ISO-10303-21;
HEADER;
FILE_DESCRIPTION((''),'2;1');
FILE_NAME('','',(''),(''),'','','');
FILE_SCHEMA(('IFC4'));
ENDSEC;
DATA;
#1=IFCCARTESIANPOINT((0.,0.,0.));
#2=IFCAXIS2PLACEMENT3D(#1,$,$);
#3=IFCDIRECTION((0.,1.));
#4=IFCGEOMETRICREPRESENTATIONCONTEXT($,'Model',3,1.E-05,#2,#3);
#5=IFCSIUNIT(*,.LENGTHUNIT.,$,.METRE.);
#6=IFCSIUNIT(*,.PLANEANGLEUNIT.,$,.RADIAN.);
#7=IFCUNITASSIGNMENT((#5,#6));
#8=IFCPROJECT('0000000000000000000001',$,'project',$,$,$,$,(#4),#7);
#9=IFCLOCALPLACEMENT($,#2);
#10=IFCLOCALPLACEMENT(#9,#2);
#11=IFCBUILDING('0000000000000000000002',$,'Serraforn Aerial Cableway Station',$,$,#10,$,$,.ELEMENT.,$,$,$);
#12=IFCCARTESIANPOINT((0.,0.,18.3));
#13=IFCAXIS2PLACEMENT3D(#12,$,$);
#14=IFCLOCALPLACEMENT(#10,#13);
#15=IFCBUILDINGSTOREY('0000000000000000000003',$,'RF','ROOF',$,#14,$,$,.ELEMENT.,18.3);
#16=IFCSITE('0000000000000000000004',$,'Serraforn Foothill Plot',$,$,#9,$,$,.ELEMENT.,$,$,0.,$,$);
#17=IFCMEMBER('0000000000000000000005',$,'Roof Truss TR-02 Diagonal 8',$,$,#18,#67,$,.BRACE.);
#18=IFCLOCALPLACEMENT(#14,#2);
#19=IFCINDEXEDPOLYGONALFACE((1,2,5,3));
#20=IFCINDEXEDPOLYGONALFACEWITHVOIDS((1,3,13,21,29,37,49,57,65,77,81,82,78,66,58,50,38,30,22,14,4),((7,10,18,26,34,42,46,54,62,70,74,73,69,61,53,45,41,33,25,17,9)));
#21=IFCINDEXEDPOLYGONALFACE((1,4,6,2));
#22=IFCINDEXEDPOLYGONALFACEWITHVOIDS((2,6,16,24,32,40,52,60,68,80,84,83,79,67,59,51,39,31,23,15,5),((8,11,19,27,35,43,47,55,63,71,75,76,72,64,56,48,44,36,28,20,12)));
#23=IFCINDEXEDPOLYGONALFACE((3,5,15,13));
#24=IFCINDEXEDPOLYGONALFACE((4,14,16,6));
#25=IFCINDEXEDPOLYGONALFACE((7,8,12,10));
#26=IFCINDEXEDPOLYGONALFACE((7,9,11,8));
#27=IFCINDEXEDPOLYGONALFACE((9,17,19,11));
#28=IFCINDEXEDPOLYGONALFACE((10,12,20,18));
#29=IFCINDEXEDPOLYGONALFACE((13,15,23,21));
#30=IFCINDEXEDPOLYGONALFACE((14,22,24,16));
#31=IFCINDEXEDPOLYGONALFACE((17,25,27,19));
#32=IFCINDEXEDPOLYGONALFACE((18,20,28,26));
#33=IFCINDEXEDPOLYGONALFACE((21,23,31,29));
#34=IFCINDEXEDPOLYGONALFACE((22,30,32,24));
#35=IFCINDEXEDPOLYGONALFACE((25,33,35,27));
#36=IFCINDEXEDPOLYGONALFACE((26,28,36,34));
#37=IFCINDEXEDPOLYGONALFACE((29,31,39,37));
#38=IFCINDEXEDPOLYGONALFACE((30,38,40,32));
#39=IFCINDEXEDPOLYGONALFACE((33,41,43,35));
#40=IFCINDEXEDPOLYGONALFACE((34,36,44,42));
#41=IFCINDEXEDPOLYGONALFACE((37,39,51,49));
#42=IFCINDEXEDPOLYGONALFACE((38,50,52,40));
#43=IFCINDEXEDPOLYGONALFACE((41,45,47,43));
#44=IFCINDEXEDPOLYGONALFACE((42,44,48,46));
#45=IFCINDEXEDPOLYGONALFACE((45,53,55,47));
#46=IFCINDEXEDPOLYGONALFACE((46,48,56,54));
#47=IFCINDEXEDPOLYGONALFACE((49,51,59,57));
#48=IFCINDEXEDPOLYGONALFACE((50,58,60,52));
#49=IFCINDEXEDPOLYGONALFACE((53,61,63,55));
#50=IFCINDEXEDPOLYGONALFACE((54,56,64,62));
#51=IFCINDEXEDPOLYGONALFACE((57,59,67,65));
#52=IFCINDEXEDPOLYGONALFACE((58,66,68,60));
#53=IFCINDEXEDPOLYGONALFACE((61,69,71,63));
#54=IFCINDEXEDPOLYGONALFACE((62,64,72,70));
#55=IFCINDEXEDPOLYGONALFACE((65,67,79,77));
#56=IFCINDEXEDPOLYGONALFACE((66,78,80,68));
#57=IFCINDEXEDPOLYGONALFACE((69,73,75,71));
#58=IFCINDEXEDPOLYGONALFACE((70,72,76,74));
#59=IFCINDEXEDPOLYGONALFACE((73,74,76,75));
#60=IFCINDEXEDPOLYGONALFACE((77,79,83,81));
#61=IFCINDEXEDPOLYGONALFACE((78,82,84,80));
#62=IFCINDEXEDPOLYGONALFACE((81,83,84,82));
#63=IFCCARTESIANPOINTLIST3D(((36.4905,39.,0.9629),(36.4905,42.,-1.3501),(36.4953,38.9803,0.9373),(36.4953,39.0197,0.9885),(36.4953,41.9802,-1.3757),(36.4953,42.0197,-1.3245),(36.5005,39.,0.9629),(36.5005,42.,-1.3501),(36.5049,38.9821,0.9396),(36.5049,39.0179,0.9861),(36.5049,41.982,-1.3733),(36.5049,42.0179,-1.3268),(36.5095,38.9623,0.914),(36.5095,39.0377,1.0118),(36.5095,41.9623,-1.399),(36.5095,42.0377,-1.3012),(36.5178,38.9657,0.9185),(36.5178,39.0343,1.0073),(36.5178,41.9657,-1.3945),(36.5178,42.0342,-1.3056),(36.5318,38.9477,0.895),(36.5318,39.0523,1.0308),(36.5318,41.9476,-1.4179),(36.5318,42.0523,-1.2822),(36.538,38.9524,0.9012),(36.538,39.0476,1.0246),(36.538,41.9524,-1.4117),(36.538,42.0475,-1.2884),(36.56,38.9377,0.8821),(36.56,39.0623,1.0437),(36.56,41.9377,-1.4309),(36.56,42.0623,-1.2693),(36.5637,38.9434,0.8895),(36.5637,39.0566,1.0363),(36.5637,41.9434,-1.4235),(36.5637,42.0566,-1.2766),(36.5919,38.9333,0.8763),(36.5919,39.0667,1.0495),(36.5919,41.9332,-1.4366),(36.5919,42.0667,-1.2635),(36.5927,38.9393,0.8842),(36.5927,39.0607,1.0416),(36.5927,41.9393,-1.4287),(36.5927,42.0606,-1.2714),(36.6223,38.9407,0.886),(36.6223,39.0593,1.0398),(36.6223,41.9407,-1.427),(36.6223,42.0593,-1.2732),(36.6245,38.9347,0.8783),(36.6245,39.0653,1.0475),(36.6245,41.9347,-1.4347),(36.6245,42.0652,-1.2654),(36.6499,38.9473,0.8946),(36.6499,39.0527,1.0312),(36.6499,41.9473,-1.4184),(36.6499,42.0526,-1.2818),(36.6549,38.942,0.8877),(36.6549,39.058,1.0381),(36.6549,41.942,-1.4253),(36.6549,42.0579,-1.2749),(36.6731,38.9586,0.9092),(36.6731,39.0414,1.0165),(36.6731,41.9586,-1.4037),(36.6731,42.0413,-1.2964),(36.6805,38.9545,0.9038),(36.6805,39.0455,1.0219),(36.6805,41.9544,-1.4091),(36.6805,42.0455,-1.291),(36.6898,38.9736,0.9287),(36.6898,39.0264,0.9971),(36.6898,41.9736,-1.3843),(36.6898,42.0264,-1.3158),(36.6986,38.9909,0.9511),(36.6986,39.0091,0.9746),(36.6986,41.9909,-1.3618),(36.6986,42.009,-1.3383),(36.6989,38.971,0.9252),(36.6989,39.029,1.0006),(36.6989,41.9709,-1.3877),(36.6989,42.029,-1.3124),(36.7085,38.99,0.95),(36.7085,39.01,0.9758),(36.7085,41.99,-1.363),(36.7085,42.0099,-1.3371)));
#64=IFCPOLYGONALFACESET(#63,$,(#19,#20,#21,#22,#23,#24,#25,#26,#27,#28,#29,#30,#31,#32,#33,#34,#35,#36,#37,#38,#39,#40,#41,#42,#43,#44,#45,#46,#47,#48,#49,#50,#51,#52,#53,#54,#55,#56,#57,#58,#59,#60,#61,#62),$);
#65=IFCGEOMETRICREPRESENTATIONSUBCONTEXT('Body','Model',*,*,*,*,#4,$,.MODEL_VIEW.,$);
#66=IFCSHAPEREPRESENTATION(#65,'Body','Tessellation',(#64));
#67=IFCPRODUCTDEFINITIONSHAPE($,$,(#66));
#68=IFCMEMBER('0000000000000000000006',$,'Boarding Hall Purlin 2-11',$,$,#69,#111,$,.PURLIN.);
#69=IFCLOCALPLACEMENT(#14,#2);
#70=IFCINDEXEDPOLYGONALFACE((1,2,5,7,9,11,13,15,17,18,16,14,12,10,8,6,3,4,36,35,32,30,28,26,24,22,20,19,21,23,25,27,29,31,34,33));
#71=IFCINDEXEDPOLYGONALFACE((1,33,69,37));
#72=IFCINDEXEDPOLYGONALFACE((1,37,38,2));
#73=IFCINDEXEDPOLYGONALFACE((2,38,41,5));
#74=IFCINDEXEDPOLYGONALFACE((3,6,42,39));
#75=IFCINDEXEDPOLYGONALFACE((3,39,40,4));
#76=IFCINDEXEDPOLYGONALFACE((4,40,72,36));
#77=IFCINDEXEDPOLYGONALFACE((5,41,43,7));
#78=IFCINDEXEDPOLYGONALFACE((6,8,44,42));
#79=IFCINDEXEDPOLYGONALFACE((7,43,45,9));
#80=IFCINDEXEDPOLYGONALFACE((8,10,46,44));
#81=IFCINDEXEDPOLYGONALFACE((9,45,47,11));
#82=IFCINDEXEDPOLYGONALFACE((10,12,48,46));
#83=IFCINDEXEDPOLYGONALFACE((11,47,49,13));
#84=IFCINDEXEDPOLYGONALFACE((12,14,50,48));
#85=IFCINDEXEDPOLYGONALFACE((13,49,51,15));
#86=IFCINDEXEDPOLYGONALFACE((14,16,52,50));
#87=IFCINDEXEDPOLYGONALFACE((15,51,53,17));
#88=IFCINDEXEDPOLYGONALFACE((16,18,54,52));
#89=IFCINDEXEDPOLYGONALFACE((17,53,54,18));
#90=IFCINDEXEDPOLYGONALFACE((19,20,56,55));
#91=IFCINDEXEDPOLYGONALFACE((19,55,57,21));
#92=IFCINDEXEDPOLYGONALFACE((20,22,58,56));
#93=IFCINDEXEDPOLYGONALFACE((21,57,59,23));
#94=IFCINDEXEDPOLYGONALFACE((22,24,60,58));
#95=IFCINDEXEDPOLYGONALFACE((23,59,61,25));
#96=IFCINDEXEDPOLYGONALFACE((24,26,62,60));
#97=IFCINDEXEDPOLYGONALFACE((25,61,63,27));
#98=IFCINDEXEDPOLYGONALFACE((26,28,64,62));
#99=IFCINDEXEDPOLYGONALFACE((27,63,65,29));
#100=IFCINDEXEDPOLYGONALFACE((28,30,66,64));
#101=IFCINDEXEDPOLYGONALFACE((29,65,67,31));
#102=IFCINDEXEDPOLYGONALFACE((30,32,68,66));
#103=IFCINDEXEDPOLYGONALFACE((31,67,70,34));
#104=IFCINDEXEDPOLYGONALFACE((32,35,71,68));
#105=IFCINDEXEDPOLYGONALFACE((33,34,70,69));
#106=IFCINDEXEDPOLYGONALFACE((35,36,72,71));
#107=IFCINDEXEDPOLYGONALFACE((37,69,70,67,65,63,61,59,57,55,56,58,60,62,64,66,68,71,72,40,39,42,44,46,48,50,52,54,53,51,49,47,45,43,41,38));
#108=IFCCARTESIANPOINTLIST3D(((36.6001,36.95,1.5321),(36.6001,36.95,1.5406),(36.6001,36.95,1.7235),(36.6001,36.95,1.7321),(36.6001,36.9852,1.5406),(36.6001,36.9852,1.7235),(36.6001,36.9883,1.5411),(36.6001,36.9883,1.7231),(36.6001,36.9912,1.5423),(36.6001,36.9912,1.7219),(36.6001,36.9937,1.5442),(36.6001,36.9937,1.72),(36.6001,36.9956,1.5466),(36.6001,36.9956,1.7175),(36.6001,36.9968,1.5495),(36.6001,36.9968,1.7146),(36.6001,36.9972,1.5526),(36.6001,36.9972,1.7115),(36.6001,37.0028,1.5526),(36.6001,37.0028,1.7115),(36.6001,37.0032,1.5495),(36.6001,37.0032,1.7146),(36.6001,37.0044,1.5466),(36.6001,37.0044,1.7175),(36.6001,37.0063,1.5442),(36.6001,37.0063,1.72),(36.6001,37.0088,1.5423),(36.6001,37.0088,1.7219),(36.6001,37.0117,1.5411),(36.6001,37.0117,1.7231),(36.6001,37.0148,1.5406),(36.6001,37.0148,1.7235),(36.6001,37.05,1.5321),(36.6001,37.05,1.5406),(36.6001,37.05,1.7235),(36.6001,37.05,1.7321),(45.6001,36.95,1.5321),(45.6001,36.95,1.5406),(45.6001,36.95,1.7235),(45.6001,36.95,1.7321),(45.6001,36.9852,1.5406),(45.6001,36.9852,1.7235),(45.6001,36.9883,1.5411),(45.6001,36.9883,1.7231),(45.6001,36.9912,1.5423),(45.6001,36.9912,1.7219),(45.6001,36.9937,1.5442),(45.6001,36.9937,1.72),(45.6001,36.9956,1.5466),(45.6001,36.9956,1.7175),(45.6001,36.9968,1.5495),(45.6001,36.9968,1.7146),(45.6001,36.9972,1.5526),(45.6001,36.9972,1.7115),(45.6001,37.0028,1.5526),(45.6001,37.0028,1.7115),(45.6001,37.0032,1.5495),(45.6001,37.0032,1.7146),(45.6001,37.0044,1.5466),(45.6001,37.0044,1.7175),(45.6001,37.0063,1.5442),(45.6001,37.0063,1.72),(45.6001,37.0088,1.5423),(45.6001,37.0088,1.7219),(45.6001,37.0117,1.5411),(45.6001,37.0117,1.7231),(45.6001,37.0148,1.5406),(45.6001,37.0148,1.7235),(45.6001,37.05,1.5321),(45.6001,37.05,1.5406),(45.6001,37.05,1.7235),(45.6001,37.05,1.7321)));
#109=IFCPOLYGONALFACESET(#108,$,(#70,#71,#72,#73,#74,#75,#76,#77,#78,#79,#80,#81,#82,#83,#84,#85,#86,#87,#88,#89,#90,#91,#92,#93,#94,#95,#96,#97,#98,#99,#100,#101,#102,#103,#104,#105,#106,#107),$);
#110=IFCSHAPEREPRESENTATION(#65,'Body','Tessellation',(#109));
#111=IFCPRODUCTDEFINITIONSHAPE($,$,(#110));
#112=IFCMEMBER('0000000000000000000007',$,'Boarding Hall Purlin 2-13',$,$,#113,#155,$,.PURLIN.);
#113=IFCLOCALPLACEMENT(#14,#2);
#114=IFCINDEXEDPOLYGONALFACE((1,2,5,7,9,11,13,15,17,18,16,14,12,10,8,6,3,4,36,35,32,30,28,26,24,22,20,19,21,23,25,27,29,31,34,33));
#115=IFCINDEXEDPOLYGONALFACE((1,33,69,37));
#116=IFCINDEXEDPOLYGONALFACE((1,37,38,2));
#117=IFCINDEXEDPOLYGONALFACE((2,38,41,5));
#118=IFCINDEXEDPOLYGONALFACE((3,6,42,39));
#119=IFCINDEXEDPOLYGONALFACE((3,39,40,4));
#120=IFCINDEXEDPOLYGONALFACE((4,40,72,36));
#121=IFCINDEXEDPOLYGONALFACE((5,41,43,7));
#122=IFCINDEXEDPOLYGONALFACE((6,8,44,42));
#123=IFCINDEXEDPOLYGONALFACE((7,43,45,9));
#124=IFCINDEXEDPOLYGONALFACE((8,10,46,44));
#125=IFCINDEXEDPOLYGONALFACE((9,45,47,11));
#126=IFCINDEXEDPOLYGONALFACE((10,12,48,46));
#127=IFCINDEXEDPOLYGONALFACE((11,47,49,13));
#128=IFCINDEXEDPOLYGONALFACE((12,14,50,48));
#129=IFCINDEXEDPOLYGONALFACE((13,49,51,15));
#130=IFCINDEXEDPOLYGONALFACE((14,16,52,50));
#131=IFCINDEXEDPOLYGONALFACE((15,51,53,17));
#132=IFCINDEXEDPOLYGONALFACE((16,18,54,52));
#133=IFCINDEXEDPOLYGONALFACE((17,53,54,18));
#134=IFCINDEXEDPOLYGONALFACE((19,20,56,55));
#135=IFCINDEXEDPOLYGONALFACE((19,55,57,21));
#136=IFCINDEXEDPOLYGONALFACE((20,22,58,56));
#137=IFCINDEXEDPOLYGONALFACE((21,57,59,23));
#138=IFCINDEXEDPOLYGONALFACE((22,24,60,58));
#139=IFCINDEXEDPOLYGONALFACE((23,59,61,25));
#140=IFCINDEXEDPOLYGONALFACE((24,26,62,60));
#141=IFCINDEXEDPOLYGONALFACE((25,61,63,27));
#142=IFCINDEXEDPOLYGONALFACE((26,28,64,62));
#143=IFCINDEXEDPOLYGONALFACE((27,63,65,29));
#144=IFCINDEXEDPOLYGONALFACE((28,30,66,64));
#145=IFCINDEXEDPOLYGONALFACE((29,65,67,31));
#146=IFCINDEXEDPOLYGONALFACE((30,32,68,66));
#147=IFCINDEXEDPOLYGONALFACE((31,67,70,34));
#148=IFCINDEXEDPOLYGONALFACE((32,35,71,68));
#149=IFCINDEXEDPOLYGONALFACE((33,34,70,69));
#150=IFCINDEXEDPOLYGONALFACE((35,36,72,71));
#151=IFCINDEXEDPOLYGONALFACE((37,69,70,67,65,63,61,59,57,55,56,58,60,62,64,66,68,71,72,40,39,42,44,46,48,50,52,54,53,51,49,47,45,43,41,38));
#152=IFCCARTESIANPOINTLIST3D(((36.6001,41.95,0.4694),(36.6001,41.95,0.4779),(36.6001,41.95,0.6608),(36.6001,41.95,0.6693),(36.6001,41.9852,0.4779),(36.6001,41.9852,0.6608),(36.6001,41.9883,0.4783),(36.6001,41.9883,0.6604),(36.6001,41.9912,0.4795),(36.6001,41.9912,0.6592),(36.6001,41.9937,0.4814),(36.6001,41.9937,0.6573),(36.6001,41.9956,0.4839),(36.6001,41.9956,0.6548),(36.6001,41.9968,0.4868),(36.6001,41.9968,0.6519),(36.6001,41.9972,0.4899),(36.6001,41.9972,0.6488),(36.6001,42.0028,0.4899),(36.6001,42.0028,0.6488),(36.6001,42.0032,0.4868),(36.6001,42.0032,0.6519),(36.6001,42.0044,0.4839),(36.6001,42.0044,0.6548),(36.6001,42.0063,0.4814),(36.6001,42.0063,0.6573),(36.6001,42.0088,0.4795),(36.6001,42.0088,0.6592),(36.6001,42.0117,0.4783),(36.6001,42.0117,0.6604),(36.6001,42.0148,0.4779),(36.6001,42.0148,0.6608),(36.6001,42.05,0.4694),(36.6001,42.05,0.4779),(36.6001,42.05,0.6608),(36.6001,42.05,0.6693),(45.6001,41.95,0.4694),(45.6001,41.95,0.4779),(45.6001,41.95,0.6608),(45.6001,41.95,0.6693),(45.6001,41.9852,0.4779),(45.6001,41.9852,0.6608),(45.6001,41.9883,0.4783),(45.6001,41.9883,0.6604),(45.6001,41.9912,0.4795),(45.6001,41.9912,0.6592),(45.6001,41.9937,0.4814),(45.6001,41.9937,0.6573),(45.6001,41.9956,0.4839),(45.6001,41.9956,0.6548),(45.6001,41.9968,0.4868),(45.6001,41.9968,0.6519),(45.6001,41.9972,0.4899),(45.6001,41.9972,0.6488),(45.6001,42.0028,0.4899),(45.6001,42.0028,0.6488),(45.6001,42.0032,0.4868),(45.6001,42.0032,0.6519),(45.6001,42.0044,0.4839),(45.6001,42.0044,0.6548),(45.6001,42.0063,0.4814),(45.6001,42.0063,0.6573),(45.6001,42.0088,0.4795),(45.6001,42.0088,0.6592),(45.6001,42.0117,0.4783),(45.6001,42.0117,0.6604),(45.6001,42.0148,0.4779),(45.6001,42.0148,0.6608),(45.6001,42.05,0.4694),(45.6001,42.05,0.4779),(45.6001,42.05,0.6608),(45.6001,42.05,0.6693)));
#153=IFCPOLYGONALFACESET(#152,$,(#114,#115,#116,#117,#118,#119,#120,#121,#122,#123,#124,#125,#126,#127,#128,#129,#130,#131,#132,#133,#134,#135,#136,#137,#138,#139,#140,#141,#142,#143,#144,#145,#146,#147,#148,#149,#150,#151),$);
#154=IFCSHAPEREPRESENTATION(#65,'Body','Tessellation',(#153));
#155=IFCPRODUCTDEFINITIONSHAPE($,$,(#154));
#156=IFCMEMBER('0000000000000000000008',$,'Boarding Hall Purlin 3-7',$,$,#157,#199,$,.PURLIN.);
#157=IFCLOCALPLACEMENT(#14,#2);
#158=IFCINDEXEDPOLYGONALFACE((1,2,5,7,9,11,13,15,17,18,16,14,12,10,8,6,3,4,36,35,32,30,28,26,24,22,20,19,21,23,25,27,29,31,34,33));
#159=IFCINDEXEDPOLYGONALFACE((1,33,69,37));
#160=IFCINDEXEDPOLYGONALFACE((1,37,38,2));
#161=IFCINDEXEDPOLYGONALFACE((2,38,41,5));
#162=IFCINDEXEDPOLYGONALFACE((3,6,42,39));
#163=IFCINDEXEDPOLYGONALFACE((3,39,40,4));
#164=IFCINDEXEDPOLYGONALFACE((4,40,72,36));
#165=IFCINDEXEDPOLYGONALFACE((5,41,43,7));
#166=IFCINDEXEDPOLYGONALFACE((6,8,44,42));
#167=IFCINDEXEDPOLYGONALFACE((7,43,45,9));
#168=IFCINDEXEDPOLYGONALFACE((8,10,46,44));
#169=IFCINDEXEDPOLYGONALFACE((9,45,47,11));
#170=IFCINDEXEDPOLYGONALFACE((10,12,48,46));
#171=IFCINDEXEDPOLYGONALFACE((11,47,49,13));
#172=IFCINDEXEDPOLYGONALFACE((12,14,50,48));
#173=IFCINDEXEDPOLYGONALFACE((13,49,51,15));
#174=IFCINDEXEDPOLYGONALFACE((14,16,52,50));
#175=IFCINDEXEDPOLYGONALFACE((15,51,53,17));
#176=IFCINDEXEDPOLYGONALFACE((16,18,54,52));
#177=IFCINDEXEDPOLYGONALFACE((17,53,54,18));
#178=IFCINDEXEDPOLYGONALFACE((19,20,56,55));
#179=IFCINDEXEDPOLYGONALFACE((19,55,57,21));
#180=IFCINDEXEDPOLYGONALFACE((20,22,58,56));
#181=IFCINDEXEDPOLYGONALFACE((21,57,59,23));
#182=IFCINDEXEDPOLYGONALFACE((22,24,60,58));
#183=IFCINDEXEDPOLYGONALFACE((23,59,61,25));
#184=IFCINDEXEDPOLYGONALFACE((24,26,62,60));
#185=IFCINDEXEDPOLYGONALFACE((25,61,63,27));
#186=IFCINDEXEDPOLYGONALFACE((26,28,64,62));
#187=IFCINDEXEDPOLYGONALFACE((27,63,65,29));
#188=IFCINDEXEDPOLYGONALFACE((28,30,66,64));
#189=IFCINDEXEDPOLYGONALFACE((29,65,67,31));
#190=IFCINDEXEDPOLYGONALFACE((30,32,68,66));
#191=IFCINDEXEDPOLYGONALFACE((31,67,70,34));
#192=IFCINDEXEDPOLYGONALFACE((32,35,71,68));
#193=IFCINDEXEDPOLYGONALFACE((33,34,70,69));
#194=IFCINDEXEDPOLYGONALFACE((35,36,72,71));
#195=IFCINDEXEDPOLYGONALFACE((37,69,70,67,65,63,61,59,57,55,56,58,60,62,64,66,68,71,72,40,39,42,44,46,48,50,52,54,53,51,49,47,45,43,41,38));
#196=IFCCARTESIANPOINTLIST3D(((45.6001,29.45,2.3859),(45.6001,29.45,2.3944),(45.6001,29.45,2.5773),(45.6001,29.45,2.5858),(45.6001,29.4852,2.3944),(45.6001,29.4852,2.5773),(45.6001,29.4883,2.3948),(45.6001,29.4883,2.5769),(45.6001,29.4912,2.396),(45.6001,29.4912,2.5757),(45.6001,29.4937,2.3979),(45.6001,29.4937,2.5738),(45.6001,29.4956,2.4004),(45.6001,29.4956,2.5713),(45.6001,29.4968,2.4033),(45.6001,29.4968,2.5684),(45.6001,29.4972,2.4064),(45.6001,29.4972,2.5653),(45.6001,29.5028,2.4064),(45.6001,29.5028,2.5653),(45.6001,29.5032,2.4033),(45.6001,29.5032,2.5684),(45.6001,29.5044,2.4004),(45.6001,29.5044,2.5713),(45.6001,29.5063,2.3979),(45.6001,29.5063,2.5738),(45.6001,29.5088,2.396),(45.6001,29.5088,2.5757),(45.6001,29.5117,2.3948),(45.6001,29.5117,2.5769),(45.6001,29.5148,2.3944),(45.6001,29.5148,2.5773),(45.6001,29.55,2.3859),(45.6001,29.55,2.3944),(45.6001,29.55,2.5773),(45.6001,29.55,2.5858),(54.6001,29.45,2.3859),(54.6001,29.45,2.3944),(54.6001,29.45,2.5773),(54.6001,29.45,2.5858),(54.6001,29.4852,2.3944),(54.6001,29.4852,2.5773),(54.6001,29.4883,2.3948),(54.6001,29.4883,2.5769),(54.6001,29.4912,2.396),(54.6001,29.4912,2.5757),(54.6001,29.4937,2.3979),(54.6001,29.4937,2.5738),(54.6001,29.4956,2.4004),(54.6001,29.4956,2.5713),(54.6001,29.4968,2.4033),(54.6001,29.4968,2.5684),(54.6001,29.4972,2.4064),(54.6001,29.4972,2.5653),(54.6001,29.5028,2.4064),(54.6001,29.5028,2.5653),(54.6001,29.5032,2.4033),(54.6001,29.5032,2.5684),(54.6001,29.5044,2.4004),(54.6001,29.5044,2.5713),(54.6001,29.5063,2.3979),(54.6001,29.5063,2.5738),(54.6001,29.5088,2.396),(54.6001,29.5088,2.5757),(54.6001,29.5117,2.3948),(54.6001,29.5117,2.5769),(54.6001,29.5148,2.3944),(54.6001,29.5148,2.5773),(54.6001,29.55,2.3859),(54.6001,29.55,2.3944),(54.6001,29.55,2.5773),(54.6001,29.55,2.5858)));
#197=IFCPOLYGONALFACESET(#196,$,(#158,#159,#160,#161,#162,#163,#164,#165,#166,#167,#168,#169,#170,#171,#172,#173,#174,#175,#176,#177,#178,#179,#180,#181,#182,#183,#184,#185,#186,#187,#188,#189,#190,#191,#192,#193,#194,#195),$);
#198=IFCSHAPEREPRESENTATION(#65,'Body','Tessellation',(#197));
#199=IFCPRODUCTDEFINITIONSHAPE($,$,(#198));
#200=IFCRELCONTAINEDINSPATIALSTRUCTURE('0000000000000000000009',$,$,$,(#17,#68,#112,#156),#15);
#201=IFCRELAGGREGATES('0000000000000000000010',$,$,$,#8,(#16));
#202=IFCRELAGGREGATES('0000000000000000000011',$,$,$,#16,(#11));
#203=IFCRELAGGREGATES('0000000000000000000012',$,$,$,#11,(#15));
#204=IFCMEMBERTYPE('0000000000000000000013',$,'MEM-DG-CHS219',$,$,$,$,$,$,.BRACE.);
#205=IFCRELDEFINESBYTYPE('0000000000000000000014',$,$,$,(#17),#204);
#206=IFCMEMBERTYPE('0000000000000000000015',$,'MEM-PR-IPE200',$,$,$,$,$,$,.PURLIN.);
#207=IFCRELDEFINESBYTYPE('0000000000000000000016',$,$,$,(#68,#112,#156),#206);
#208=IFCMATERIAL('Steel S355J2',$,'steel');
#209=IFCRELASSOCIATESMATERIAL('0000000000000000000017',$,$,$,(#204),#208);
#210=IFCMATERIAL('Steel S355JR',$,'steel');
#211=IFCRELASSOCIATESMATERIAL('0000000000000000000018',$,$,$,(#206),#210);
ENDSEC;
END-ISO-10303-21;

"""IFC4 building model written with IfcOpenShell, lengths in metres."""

from ifc_helpers import new_model, si_unit, direction, frame, origin, origin_2d, place, context, subcontext, project, spatial, hollow_circle, i_section, extrude, material, material_profile, profile_set, type_object, element, save


model = new_model("IFC4")

# Units and contexts
model_context = context("Model", 3, precision=1e-05, world=origin(), true_north=direction((0.0, 1.0)))
body_context = subcontext(model_context, "Body", "Model", "MODEL_VIEW")
ifc_project = project(units=[si_unit("LENGTHUNIT", "METRE"), si_unit("PLANEANGLEUNIT", "RADIAN")], contexts=[model_context])

# Site, building, storey
site_placement = place(None, origin())
site = spatial("IfcSite", under=ifc_project, at=site_placement, Name="Serraforn Foothill Plot", CompositionType="ELEMENT", RefElevation=0.0)
building_placement = place(site_placement, origin())
building = spatial("IfcBuilding", under=site, at=building_placement, Name="Serraforn Aerial Cableway Station", CompositionType="ELEMENT")
storey_placement = place(building_placement, frame((0.0, 0.0, 18.3)))
storey = spatial("IfcBuildingStorey", under=building, at=storey_placement, Name="RF", Description="ROOF", CompositionType="ELEMENT", Elevation=18.3)

# Shared definitions
ifc_material_1 = material(Name="Steel S355J2", Category="steel")

# Members
ifc_material_profile_1 = material_profile(ifc_material_1, hollow_circle(Radius=0.1096, WallThickness=0.01, at=origin_2d()), Name="CHS 219.1x10.0")
ifc_profile_set_1 = profile_set([ifc_material_profile_1], Name="Steel S355J2")
member_type_1 = type_object("IfcMemberType", Name="MEM-DG-CHS219", PredefinedType="BRACE", material=ifc_profile_set_1)
member_1_placement = place(storey_placement, frame((36.6001, 39.0, 0.9629), z_axis=(0.0, 0.791948, -0.610589), x_axis=(-1.0, 0.0, 0.0)))
element("IfcMember", 1, at=member_1_placement, inside=storey, type_object=member_type_1, Name="Roof Truss TR-02 Diagonal 8", PredefinedType="BRACE", context=body_context, shape_type="SweptSolid", body=[
    extrude(hollow_circle(Radius=0.1096, WallThickness=0.01, at=origin_2d()), origin(), (0.0, 0.0, 1.0), 3.7881),
])
ifc_material_2 = material(Name="Steel S355JR", Category="steel")
ifc_material_profile_2 = material_profile(ifc_material_2, i_section(OverallWidth=0.1001, OverallDepth=0.2, WebThickness=0.0056, FlangeThickness=0.0085, FilletRadius=0.012, at=origin_2d()), Name="IPE 200")
ifc_profile_set_2 = profile_set([ifc_material_profile_2], Name="Steel S355JR")
member_type_2 = type_object("IfcMemberType", Name="MEM-PR-IPE200", PredefinedType="PURLIN", material=ifc_profile_set_2)
for number, where, z_axis, x_axis, name in (
    (2, (36.6001, 37.0, 1.6321), (1.0, 0.0, 0.0), (0.0, 1.0, 0.0), "Boarding Hall Purlin 2-11"),
    (3, (36.6001, 42.0, 0.5693), (1.0, 0.0, 0.0), (0.0, 1.0, 0.0), "Boarding Hall Purlin 2-13"),
    (4, (45.6001, 29.5, 2.4858), (1.0, 0.0, 0.0), (0.0, 1.0, 0.0), "Boarding Hall Purlin 3-7"),
):
    element("IfcMember", number, at=place(storey_placement, frame(where, z_axis=z_axis, x_axis=x_axis)), inside=storey, type_object=member_type_2, Name=name, PredefinedType="PURLIN", context=body_context, shape_type="SweptSolid", body=[
        extrude(i_section(OverallWidth=0.1001, OverallDepth=0.2, WebThickness=0.0056, FlangeThickness=0.0085, FilletRadius=0.012, at=origin_2d()), origin(), (0.0, 0.0, 1.0), 9.0),
    ])

save(model, "model.ifc")
